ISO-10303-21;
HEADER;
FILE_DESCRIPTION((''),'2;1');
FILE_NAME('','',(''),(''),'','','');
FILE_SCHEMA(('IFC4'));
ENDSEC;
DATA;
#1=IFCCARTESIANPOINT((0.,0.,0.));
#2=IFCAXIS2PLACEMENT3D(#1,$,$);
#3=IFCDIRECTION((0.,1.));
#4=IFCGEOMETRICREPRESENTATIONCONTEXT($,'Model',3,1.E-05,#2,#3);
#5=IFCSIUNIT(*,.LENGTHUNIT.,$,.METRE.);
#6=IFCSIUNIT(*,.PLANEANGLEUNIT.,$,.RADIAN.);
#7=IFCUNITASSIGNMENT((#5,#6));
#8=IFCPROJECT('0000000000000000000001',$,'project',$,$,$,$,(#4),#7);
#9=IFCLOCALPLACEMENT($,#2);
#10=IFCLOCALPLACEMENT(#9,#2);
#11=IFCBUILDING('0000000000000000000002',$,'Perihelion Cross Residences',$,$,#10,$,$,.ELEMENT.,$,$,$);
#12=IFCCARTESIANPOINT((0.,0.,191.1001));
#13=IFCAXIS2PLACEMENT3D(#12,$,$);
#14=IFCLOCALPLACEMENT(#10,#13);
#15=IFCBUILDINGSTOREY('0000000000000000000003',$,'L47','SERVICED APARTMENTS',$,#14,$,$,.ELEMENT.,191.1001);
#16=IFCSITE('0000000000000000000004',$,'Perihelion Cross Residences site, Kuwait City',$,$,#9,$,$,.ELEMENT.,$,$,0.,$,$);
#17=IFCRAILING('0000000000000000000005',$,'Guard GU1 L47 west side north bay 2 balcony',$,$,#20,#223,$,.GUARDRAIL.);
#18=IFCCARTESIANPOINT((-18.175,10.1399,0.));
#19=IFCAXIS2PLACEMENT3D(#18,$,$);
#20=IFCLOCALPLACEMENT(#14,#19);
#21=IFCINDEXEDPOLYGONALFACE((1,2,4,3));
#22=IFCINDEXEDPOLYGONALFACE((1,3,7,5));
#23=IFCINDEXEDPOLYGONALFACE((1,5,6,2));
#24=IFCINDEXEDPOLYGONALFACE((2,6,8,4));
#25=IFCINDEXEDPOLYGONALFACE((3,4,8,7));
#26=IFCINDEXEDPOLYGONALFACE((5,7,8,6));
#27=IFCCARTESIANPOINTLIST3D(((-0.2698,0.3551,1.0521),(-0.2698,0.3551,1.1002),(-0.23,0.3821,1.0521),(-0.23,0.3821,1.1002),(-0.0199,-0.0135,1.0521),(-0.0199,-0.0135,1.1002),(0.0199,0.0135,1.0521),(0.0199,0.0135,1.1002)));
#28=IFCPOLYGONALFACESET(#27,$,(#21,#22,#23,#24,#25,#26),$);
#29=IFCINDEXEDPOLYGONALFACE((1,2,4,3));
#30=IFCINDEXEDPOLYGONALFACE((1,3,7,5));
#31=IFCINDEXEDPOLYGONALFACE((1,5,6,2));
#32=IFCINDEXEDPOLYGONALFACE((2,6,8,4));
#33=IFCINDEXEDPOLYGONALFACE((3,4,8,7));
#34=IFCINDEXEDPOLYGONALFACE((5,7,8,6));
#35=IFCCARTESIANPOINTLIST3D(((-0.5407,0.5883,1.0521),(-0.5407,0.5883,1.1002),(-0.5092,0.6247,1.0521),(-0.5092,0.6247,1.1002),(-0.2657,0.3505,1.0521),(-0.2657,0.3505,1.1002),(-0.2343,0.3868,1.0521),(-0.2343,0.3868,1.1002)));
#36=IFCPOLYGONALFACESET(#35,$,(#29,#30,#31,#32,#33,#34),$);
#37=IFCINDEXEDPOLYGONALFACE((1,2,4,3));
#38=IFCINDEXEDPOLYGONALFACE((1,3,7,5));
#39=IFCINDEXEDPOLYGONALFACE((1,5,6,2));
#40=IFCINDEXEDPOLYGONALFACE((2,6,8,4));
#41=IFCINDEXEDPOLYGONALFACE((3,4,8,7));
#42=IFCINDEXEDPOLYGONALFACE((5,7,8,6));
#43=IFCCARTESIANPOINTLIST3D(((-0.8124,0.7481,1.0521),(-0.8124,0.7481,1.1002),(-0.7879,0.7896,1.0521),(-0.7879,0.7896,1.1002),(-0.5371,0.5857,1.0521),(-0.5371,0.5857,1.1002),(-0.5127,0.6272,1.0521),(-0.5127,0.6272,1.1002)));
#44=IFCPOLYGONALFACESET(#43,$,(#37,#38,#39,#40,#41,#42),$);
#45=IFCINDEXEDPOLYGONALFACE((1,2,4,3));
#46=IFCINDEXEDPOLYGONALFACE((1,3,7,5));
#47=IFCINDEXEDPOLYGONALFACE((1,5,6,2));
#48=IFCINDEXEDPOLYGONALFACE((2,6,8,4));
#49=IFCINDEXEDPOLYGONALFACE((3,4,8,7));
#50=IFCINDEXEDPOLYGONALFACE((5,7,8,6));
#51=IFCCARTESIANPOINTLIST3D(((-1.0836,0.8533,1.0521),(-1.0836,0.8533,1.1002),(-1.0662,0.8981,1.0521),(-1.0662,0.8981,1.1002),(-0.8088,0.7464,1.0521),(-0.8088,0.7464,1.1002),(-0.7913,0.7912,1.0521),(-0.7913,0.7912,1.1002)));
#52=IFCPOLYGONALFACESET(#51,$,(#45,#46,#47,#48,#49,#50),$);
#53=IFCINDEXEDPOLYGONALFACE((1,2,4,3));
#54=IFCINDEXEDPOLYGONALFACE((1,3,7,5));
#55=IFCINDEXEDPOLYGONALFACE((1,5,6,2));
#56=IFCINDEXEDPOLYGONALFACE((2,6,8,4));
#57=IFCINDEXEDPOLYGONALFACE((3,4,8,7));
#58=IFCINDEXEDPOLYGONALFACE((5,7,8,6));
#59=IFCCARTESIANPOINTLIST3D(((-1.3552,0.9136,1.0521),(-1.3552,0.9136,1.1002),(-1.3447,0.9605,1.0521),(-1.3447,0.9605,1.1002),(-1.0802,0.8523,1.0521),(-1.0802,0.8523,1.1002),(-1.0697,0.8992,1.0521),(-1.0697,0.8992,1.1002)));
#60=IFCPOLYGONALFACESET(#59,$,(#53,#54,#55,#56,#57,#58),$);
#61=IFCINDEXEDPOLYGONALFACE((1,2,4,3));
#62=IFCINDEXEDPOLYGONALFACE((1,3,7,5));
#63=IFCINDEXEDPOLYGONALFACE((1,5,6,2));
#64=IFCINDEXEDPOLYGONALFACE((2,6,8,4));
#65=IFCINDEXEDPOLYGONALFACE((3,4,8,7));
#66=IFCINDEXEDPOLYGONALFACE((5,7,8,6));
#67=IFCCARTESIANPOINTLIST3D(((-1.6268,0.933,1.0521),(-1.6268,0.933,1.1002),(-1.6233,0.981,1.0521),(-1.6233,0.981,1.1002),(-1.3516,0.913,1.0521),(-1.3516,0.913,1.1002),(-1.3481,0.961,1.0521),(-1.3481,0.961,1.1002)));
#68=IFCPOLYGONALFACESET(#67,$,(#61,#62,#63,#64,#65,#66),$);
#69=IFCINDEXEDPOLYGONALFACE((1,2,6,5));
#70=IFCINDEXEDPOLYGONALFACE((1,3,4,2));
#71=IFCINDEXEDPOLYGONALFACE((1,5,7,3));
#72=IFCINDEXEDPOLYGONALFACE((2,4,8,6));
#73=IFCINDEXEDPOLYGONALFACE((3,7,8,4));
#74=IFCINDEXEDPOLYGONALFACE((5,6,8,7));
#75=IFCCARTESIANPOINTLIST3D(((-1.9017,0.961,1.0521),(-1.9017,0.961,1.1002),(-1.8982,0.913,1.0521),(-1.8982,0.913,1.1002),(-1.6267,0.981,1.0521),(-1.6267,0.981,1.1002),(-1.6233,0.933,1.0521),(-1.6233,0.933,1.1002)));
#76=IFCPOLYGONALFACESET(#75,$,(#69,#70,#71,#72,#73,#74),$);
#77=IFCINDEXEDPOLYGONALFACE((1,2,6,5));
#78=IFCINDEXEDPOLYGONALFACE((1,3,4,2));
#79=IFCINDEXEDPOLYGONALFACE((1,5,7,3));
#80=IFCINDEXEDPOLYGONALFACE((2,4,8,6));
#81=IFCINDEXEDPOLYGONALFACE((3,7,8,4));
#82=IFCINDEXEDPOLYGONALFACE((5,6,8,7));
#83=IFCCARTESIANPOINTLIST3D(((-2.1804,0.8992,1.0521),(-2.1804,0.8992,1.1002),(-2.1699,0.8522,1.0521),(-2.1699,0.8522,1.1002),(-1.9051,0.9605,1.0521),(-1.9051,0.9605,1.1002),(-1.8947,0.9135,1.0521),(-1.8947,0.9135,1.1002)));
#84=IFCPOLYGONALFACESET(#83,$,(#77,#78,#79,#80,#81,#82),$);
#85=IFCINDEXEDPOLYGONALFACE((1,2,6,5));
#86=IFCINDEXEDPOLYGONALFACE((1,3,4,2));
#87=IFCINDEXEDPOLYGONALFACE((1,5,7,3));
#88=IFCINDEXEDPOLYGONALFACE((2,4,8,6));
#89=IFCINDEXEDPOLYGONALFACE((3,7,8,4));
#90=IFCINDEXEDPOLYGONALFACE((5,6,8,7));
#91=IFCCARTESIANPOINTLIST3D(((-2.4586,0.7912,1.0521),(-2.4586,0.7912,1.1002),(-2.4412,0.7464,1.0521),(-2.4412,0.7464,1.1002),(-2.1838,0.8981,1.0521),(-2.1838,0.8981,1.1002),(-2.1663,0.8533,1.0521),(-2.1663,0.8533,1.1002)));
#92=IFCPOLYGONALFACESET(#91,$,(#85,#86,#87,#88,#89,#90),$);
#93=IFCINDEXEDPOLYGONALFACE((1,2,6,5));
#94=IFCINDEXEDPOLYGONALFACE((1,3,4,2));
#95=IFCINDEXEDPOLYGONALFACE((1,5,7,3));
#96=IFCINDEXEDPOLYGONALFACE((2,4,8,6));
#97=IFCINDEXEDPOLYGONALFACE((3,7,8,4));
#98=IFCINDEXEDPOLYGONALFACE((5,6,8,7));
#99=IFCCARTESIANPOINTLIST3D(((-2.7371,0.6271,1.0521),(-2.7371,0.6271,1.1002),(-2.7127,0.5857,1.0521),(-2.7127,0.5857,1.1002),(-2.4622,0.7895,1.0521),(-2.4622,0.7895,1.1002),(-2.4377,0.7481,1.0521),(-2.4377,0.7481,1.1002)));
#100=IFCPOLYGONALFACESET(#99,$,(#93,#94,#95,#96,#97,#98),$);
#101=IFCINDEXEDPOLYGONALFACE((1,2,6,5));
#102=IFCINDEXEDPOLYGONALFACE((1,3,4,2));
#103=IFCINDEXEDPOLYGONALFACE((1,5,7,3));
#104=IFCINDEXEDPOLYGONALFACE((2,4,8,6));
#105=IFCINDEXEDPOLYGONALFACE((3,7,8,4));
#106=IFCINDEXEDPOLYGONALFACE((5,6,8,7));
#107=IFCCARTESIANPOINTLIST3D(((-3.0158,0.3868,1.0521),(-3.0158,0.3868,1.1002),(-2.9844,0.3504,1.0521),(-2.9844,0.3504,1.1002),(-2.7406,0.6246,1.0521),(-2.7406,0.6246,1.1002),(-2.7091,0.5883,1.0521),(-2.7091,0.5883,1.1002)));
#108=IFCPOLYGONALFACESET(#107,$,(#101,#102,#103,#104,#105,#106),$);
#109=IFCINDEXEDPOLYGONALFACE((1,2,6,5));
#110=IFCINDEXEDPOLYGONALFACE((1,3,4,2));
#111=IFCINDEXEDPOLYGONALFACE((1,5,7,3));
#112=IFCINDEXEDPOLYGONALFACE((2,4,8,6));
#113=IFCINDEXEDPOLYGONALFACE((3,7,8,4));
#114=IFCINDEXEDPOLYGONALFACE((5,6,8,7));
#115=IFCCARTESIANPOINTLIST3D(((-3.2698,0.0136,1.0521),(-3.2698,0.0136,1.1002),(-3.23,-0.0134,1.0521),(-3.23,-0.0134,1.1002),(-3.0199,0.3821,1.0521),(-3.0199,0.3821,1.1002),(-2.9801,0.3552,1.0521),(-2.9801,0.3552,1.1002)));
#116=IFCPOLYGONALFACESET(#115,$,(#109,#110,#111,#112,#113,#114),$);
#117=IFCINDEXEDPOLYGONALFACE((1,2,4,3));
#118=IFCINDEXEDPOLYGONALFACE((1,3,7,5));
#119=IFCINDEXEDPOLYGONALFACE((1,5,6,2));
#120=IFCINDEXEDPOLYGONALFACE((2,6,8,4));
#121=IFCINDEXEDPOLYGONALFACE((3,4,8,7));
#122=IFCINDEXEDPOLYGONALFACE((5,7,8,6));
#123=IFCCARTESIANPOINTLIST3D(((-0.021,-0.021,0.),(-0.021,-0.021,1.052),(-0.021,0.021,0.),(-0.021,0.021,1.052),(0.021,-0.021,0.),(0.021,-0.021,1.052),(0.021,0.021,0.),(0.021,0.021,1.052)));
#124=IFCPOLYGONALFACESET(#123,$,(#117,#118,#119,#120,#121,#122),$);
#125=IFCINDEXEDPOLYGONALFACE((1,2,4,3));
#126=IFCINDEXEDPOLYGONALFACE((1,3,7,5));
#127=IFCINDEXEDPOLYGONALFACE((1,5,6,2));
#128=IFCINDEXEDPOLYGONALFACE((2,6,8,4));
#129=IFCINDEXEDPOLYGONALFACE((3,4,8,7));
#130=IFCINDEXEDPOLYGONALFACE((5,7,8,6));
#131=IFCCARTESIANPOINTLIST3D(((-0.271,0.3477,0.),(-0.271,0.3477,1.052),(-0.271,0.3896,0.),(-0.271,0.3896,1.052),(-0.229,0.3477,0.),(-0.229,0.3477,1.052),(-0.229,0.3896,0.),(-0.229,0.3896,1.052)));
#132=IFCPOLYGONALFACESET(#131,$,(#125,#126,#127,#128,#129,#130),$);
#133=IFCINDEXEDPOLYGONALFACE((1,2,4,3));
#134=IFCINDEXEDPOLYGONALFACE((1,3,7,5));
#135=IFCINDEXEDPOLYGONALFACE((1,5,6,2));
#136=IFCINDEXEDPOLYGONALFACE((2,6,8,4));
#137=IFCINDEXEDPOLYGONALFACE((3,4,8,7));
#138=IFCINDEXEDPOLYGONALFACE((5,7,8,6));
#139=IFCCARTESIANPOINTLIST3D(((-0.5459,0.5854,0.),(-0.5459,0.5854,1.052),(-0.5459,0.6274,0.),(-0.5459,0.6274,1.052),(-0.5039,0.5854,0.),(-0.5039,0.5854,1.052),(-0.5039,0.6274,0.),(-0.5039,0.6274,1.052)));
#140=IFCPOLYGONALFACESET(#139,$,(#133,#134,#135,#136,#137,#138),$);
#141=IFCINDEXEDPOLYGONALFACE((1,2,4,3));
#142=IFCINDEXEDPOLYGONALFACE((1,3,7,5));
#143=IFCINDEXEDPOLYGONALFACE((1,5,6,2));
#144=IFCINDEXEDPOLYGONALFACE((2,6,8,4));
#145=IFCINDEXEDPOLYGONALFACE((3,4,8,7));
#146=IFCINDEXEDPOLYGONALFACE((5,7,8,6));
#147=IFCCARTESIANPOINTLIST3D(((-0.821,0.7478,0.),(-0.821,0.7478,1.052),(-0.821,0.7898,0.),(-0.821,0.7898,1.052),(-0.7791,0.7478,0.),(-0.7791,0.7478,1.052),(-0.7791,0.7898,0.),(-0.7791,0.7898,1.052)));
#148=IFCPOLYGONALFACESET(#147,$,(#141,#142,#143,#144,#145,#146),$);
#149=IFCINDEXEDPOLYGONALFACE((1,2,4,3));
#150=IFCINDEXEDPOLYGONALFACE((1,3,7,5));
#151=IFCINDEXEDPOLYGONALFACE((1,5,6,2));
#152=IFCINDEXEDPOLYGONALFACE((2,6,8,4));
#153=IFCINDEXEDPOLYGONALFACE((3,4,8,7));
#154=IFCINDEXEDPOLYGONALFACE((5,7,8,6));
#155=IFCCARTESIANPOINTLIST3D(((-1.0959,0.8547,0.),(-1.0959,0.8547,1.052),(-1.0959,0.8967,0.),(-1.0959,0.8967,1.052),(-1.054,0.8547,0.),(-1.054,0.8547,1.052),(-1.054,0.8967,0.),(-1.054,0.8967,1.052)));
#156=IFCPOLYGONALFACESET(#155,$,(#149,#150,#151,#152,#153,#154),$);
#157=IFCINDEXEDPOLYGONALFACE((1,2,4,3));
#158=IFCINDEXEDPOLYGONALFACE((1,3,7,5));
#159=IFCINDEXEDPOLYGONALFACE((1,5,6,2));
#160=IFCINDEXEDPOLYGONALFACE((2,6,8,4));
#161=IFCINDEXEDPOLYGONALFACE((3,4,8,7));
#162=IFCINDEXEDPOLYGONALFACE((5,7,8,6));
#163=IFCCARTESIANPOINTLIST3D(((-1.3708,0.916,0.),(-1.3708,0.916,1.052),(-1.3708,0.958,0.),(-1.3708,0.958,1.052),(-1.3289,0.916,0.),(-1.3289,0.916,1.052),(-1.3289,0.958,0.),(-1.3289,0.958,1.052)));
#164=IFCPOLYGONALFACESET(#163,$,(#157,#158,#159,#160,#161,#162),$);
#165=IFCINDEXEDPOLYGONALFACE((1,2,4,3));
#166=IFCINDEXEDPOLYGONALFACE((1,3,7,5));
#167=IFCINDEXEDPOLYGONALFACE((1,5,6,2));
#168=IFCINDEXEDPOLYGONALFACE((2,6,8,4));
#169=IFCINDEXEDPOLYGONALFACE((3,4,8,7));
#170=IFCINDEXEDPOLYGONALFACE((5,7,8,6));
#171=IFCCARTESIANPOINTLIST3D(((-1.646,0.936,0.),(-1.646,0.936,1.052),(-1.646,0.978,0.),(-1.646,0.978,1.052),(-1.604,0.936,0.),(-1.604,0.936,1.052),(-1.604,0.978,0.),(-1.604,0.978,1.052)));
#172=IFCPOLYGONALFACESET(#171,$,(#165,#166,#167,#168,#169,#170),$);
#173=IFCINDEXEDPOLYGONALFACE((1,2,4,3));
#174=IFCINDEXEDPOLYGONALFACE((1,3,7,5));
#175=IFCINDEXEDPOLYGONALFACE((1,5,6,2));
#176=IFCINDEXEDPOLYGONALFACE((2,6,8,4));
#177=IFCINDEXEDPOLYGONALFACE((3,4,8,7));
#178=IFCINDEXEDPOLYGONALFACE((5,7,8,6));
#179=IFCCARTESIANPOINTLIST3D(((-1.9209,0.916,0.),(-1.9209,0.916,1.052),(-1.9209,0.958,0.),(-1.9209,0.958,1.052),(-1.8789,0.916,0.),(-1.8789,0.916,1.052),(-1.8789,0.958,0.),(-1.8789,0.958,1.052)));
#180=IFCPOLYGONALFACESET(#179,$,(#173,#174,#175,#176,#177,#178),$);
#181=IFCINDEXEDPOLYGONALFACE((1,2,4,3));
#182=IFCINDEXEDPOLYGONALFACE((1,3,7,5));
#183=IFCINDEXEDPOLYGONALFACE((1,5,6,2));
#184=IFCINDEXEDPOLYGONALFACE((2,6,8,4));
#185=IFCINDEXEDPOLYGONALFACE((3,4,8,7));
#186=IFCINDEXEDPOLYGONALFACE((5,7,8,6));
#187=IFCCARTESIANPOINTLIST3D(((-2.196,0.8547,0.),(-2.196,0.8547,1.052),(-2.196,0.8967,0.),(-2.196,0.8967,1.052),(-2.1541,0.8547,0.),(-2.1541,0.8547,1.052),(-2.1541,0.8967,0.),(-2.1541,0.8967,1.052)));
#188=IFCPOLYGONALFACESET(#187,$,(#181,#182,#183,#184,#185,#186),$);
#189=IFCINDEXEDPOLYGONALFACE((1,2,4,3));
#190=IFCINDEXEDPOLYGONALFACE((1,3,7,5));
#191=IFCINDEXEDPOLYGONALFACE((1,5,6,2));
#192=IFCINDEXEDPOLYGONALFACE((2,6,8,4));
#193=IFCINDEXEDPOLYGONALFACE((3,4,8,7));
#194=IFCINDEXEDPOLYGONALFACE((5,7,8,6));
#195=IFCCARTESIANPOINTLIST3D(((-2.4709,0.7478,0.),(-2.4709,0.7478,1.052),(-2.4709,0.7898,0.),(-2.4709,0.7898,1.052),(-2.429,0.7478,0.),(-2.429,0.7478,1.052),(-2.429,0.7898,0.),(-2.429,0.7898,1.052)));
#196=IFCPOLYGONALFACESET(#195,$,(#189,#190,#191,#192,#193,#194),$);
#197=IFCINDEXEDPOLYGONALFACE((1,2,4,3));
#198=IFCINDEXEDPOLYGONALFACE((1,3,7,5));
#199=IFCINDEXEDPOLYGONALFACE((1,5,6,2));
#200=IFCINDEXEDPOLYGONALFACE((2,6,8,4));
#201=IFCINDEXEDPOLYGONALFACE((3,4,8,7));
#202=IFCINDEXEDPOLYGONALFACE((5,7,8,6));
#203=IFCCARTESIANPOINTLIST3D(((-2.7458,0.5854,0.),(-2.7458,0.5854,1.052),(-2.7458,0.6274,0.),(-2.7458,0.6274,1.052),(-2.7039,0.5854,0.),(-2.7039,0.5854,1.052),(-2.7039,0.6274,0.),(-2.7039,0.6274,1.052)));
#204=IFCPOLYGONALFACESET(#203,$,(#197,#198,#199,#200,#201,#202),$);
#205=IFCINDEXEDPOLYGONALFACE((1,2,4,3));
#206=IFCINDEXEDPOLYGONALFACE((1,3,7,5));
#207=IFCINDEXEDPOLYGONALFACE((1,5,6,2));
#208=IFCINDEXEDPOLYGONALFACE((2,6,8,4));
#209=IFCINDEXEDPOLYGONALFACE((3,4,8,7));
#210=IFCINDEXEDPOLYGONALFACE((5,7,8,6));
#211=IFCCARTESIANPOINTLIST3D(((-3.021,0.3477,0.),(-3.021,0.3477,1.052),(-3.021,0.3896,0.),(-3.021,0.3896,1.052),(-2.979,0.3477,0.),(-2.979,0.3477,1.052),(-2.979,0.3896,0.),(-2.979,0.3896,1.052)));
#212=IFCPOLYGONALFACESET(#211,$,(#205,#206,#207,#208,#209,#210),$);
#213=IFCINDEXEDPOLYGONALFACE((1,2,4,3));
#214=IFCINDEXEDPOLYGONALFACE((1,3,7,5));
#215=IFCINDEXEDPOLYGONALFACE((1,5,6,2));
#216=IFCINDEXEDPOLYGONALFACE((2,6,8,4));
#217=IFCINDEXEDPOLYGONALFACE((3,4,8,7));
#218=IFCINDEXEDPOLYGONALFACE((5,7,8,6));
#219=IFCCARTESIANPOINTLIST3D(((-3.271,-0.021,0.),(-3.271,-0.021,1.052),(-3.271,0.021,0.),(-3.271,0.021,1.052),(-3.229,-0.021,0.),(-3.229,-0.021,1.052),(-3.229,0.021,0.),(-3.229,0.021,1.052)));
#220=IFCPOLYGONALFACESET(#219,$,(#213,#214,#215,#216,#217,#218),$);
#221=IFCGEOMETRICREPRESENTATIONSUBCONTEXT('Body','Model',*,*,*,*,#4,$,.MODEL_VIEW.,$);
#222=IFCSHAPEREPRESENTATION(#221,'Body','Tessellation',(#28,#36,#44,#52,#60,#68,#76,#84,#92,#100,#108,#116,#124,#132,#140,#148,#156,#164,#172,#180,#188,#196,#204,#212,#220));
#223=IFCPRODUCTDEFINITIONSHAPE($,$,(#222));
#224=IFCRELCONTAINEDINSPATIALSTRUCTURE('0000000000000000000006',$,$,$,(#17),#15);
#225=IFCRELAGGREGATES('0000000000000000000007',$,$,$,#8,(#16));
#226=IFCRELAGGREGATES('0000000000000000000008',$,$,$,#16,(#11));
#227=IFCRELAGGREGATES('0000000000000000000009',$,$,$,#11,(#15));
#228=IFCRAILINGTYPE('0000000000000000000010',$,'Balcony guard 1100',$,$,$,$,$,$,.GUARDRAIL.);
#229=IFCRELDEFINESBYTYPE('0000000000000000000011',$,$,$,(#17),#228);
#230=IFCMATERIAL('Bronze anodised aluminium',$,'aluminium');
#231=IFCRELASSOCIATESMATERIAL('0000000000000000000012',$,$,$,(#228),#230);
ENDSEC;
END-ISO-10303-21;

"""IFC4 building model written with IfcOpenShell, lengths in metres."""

from ifc_helpers import new_model, si_unit, direction, frame, origin, origin_2d, place, context, subcontext, project, spatial, rectangle, extrude, material, type_object, element, save


model = new_model("IFC4")

# Units and contexts
model_context = context("Model", 3, precision=1e-05, world=origin(), true_north=direction((0.0, 1.0)))
body_context = subcontext(model_context, "Body", "Model", "MODEL_VIEW")
ifc_project = project(units=[si_unit("LENGTHUNIT", "METRE"), si_unit("PLANEANGLEUNIT", "RADIAN")], contexts=[model_context])

# Site, building, storey
site_placement = place(None, origin())
site = spatial("IfcSite", under=ifc_project, at=site_placement, Name="Perihelion Cross Residences site, Kuwait City", CompositionType="ELEMENT", RefElevation=0.0)
building_placement = place(site_placement, origin())
building = spatial("IfcBuilding", under=site, at=building_placement, Name="Perihelion Cross Residences", CompositionType="ELEMENT")
storey_placement = place(building_placement, frame((0.0, 0.0, 191.1001)))
storey = spatial("IfcBuildingStorey", under=building, at=storey_placement, Name="L47", Description="SERVICED APARTMENTS", CompositionType="ELEMENT", Elevation=191.1001)

# Railing
ifc_material_1 = material(Name="Bronze anodised aluminium", Category="aluminium")
railing_type_1 = type_object("IfcRailingType", Name="Balcony guard 1100", PredefinedType="GUARDRAIL", material=ifc_material_1)
railing_1_placement = place(storey_placement, frame((-18.175, 10.1399, 0.0)))
element("IfcRailing", 1, at=railing_1_placement, inside=storey, type_object=railing_type_1, Name="Guard GU1 L47 west side north bay 2 balcony", PredefinedType="GUARDRAIL", context=body_context, shape_type="SweptSolid", body=[
    extrude(rectangle(XDim=0.0481, YDim=0.0481, at=origin_2d()), frame((0.0, 0.0, 1.0762), z_axis=(-0.56126, 0.827639, 0.0), x_axis=(-0.827639, -0.56126, 0.0)), (0.0, 0.0, 1.0), 0.4453),
    extrude(rectangle(XDim=0.0481, YDim=0.0481, at=origin_2d()), frame((-0.25, 0.3687, 1.0762), z_axis=(-0.756309, 0.654214, 0.0), x_axis=(-0.654214, -0.756309, 0.0)), (0.0, 0.0, 1.0), 0.3635),
    extrude(rectangle(XDim=0.0481, YDim=0.0481, at=origin_2d()), frame((-0.5249, 0.6064, 1.0762), z_axis=(-0.861246, 0.508189, 0.0), x_axis=(-0.508189, -0.861246, 0.0)), (0.0, 0.0, 1.0), 0.3196),
    extrude(rectangle(XDim=0.0481, YDim=0.0481, at=origin_2d()), frame((-0.8, 0.7688, 1.0762), z_axis=(-0.931974, 0.362526, 0.0), x_axis=(-0.362526, -0.931974, 0.0)), (0.0, 0.0, 1.0), 0.2949),
    extrude(rectangle(XDim=0.0481, YDim=0.0481, at=origin_2d()), frame((-1.075, 0.8757, 1.0762), z_axis=(-0.976044, 0.217573, 0.0), x_axis=(-0.217573, -0.976044, 0.0)), (0.0, 0.0, 1.0), 0.2817),
    extrude(rectangle(XDim=0.0481, YDim=0.0481, at=origin_2d()), frame((-1.3499, 0.937, 1.0762), z_axis=(-0.997363, 0.072568, 0.0), x_axis=(-0.072568, -0.997363, 0.0)), (0.0, 0.0, 1.0), 0.2759),
    extrude(rectangle(XDim=0.0481, YDim=0.0481, at=origin_2d()), frame((-1.625, 0.957, 1.0762), z_axis=(-0.997359, -0.072632, 0.0), x_axis=(0.072632, -0.997359, 0.0)), (0.0, 0.0, 1.0), 0.2756),
    extrude(rectangle(XDim=0.0481, YDim=0.0481, at=origin_2d()), frame((-1.8999, 0.937, 1.0762), z_axis=(-0.976085, -0.217389, 0.0), x_axis=(0.217389, -0.976085, 0.0)), (0.0, 0.0, 1.0), 0.282),
    extrude(rectangle(XDim=0.0481, YDim=0.0481, at=origin_2d()), frame((-2.175, 0.8757, 1.0762), z_axis=(-0.931974, -0.362526, 0.0), x_axis=(0.362526, -0.931974, 0.0)), (0.0, 0.0, 1.0), 0.2949),
    extrude(rectangle(XDim=0.0481, YDim=0.0481, at=origin_2d()), frame((-2.45, 0.7688, 1.0762), z_axis=(-0.861048, -0.508523, 0.0), x_axis=(0.508523, -0.861048, 0.0)), (0.0, 0.0, 1.0), 0.3193),
    extrude(rectangle(XDim=0.0481, YDim=0.0481, at=origin_2d()), frame((-2.7249, 0.6064, 1.0762), z_axis=(-0.756597, -0.653882, 0.0), x_axis=(0.653882, -0.756597, 0.0)), (0.0, 0.0, 1.0), 0.3638),
    extrude(rectangle(XDim=0.0481, YDim=0.0481, at=origin_2d()), frame((-3.0, 0.3687, 1.0762), z_axis=(-0.56126, -0.827639, 0.0), x_axis=(0.827639, -0.56126, 0.0)), (0.0, 0.0, 1.0), 0.4453),
    extrude(rectangle(XDim=0.042, YDim=0.042, at=origin_2d()), origin(), (0.0, 0.0, 1.0), 1.052),
    extrude(rectangle(XDim=0.042, YDim=0.042, at=origin_2d()), frame((-0.25, 0.3687, 0.0)), (0.0, 0.0, 1.0), 1.052),
    extrude(rectangle(XDim=0.042, YDim=0.042, at=origin_2d()), frame((-0.5249, 0.6064, 0.0)), (0.0, 0.0, 1.0), 1.052),
    extrude(rectangle(XDim=0.042, YDim=0.042, at=origin_2d()), frame((-0.8, 0.7688, 0.0)), (0.0, 0.0, 1.0), 1.052),
    extrude(rectangle(XDim=0.042, YDim=0.042, at=origin_2d()), frame((-1.075, 0.8757, 0.0)), (0.0, 0.0, 1.0), 1.052),
    extrude(rectangle(XDim=0.042, YDim=0.042, at=origin_2d()), frame((-1.3499, 0.937, 0.0)), (0.0, 0.0, 1.0), 1.052),
    extrude(rectangle(XDim=0.042, YDim=0.042, at=origin_2d()), frame((-1.625, 0.957, 0.0)), (0.0, 0.0, 1.0), 1.052),
    extrude(rectangle(XDim=0.042, YDim=0.042, at=origin_2d()), frame((-1.8999, 0.937, 0.0)), (0.0, 0.0, 1.0), 1.052),
    extrude(rectangle(XDim=0.042, YDim=0.042, at=origin_2d()), frame((-2.175, 0.8757, 0.0)), (0.0, 0.0, 1.0), 1.052),
    extrude(rectangle(XDim=0.042, YDim=0.042, at=origin_2d()), frame((-2.45, 0.7688, 0.0)), (0.0, 0.0, 1.0), 1.052),
    extrude(rectangle(XDim=0.042, YDim=0.042, at=origin_2d()), frame((-2.7249, 0.6064, 0.0)), (0.0, 0.0, 1.0), 1.052),
    extrude(rectangle(XDim=0.042, YDim=0.042, at=origin_2d()), frame((-3.0, 0.3687, 0.0)), (0.0, 0.0, 1.0), 1.052),
    extrude(rectangle(XDim=0.042, YDim=0.042, at=origin_2d()), frame((-3.25, 0.0, 0.0)), (0.0, 0.0, 1.0), 1.052),
])

save(model, "model.ifc")
